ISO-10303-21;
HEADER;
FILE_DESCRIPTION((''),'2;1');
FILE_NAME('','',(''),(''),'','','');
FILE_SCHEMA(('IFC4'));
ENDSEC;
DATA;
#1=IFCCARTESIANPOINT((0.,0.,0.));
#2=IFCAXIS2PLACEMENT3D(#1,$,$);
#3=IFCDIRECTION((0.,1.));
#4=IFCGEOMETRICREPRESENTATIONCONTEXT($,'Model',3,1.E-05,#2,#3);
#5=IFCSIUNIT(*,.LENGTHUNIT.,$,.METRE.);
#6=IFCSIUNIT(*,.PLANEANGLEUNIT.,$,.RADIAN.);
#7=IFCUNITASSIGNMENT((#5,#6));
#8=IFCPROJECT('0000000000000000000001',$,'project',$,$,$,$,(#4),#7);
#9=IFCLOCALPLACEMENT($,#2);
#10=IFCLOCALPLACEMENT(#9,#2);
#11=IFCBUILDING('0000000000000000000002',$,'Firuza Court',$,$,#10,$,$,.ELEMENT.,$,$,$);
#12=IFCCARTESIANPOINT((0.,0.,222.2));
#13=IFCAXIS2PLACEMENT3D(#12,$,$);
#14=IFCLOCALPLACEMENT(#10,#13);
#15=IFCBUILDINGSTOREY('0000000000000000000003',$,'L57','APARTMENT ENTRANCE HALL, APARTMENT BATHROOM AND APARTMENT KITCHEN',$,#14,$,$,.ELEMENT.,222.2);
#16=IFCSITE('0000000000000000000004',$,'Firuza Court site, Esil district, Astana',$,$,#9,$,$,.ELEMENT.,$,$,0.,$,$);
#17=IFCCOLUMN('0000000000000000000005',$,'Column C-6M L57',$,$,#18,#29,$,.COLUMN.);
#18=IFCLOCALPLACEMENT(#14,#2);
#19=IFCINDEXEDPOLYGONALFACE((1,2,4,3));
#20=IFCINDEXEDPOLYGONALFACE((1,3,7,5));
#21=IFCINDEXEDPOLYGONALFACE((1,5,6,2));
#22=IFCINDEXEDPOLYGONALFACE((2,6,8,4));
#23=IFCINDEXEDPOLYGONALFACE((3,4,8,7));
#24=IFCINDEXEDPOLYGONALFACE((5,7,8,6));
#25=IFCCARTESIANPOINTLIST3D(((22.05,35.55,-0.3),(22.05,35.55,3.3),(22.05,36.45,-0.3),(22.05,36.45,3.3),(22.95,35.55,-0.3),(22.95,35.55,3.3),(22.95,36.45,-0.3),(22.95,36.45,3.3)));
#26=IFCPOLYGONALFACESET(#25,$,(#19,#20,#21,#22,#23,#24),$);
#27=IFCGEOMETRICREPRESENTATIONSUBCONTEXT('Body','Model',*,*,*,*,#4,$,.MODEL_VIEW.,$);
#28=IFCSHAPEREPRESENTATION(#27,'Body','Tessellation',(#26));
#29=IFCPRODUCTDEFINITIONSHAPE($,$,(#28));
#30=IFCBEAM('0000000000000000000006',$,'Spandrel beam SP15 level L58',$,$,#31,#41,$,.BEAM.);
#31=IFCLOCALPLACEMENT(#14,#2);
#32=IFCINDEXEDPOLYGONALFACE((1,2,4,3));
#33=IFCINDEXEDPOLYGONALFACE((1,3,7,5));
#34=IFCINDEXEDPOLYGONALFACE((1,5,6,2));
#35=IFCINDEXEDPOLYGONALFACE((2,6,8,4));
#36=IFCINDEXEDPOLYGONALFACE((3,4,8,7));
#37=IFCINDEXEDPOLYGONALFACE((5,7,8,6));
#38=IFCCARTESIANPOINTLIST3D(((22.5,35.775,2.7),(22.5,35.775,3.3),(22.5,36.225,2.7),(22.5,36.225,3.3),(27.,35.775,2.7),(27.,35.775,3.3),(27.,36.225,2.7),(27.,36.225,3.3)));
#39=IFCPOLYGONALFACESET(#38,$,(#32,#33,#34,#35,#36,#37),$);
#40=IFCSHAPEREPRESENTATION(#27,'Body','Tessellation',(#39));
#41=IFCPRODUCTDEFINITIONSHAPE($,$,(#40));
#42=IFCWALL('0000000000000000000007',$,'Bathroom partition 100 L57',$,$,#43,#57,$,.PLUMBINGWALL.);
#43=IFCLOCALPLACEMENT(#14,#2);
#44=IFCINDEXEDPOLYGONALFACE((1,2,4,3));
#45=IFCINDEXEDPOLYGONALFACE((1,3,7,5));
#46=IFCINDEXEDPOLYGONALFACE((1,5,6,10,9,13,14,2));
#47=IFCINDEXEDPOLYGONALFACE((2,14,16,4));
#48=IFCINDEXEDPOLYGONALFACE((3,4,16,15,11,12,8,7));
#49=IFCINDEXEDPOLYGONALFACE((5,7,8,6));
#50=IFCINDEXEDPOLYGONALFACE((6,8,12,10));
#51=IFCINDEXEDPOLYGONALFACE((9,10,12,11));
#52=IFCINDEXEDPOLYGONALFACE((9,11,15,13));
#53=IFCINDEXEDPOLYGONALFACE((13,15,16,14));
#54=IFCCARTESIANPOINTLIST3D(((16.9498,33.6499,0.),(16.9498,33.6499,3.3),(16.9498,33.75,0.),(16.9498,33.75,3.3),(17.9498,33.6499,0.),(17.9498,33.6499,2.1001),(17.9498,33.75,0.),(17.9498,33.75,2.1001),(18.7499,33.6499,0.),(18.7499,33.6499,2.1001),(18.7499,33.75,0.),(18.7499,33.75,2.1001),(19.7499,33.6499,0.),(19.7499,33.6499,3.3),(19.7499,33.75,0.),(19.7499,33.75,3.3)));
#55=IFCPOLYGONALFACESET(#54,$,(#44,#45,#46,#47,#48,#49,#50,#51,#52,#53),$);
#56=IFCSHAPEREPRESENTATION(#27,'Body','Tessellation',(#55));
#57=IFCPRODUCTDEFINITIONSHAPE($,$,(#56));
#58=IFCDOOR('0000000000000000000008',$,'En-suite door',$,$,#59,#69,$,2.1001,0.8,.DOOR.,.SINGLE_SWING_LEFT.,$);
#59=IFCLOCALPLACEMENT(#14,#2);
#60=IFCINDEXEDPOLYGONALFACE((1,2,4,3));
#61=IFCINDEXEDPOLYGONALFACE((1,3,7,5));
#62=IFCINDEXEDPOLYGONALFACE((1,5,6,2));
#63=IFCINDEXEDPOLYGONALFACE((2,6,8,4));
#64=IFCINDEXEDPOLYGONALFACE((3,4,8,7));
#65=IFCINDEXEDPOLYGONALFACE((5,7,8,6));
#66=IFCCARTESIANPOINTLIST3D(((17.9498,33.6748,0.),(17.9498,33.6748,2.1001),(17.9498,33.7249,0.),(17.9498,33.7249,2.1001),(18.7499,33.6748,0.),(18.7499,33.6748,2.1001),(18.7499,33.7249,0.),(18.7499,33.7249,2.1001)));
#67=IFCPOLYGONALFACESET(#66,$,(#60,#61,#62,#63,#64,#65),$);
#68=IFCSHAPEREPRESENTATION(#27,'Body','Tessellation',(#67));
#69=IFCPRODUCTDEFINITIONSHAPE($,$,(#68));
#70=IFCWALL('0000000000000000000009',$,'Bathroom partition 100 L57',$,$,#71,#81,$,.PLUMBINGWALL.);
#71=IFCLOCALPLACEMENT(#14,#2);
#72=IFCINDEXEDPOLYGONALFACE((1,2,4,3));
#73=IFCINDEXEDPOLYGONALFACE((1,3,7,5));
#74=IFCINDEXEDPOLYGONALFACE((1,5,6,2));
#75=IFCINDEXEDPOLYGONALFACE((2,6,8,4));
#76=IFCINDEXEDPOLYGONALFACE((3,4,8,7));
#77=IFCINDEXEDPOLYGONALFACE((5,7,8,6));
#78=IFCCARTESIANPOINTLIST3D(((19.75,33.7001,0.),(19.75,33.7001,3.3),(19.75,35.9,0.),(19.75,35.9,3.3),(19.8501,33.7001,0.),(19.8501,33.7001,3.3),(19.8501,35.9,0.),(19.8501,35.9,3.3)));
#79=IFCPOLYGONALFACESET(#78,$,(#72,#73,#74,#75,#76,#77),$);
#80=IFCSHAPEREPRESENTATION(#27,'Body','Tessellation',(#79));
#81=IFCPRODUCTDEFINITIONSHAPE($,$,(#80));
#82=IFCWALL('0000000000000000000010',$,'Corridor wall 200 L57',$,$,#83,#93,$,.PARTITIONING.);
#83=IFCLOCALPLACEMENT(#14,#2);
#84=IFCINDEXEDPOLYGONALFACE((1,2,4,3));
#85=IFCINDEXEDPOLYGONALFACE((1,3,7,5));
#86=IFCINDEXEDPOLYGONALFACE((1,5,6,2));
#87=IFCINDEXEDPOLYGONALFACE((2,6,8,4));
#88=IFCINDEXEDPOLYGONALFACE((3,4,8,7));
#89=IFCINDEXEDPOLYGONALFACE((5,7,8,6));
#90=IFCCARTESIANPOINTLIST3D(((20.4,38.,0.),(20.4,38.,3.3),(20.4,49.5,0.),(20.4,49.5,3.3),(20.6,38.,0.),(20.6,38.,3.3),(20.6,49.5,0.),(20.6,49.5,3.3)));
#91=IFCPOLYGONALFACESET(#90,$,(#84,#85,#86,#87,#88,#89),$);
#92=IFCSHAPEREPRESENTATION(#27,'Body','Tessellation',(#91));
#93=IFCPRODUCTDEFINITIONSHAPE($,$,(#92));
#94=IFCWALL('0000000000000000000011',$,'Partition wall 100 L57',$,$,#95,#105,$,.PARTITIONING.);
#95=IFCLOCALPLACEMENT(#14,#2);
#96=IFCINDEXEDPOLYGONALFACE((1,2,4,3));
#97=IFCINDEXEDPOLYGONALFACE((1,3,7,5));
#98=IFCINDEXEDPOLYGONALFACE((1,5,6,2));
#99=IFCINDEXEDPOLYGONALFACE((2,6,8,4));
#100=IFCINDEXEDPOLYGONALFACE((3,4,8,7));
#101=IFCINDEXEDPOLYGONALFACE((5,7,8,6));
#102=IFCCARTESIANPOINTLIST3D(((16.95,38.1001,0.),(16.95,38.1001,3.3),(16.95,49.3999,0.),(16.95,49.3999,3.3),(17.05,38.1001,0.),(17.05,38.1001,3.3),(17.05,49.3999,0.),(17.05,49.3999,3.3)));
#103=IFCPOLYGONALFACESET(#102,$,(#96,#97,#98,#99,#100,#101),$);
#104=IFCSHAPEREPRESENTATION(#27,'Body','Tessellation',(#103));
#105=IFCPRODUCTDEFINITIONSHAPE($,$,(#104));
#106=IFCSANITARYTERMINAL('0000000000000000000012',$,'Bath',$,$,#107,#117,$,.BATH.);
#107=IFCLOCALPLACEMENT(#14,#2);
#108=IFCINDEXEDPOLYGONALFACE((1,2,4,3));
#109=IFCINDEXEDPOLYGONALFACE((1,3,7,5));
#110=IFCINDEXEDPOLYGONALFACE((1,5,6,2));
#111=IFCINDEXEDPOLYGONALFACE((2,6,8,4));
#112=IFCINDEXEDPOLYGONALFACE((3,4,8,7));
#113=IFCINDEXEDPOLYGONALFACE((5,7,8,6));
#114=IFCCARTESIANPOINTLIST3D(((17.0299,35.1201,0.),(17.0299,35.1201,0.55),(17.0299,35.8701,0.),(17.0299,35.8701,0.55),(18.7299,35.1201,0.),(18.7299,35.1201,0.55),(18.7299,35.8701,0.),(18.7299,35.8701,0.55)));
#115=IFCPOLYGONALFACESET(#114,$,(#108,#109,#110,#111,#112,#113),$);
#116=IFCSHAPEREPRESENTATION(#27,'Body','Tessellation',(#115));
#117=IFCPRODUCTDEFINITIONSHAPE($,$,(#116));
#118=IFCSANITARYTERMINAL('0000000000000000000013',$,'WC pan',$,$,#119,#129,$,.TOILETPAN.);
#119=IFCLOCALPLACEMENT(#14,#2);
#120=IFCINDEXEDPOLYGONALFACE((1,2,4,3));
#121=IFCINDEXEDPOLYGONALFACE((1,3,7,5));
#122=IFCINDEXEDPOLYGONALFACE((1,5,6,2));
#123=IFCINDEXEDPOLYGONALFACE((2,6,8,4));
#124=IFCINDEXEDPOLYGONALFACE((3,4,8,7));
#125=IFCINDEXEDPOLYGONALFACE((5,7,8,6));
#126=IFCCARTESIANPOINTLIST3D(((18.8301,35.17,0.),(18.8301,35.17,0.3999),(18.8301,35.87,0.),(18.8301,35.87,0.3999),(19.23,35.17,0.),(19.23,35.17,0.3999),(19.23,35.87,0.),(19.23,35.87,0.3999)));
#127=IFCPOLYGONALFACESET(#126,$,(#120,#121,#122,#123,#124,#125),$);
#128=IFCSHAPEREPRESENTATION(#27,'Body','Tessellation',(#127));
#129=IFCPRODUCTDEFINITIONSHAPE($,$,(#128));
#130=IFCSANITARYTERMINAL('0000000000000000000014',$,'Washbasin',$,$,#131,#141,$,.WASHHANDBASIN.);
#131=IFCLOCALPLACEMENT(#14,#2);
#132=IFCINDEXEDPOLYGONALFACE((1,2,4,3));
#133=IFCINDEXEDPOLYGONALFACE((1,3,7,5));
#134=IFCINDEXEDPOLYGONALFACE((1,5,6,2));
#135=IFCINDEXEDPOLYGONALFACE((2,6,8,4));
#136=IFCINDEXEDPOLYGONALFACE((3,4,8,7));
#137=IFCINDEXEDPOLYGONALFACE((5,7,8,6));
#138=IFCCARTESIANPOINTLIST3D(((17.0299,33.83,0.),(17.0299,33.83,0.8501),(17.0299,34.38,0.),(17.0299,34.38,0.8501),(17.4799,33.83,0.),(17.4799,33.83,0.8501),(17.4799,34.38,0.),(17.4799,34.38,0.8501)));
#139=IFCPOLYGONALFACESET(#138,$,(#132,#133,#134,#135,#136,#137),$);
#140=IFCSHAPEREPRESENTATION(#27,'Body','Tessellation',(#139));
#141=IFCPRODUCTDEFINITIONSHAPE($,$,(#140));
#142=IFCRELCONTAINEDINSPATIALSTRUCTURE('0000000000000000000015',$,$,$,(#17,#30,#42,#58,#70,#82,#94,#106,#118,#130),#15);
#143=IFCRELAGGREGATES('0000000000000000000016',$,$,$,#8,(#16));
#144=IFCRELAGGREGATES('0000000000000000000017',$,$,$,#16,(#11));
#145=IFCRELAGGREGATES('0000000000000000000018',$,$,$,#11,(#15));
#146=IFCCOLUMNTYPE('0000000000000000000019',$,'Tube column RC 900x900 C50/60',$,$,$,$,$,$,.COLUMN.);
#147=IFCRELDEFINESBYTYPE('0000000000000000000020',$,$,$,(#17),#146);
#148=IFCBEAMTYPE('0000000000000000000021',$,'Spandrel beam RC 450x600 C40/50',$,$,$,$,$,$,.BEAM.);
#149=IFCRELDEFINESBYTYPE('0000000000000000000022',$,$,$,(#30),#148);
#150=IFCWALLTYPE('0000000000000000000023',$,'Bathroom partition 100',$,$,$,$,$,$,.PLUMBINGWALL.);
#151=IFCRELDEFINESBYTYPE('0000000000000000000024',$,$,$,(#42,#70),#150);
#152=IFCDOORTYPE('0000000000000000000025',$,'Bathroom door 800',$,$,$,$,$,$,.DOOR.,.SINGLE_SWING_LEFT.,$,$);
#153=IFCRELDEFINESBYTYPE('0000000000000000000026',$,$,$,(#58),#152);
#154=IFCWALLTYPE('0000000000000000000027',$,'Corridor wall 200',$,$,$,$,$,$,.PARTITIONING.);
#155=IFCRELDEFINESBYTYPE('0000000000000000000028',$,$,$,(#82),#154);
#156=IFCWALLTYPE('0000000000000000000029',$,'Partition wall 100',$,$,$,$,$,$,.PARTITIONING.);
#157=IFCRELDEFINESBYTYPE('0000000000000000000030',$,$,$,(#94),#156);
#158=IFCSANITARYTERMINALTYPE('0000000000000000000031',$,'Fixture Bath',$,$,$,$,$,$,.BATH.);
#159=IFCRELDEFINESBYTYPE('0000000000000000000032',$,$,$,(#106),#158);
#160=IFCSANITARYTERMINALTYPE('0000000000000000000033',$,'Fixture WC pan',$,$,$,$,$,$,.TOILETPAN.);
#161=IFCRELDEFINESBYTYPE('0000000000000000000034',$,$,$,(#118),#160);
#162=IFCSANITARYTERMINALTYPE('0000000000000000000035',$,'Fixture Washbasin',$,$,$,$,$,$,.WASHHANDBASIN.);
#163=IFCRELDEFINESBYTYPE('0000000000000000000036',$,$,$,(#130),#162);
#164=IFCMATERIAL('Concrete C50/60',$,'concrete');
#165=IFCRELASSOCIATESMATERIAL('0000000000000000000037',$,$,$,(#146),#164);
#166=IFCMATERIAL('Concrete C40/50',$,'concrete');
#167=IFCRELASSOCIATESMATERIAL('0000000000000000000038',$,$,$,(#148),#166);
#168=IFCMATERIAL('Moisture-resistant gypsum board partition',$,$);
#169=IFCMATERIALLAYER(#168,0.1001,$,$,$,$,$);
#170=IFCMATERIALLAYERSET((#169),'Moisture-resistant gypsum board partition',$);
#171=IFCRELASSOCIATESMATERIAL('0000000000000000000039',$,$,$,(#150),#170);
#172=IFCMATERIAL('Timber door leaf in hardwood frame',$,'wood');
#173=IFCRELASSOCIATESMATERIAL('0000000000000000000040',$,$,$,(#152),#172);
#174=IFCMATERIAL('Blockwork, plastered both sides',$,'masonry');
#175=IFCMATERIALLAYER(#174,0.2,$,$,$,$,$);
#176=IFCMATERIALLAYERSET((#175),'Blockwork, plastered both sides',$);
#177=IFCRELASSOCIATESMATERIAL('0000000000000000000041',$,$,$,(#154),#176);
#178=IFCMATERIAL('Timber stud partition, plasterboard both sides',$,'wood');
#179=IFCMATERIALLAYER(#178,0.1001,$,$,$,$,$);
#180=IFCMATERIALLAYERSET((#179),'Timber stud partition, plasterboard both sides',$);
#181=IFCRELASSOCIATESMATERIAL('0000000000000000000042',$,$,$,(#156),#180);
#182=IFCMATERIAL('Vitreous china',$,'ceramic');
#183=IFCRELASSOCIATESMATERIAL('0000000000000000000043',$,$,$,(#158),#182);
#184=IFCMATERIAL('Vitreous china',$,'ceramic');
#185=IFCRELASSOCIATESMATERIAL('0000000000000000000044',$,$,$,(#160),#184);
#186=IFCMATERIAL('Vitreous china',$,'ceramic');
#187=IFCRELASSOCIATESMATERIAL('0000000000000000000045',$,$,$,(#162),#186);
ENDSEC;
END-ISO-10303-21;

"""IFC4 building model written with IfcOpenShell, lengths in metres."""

from ifc_helpers import new_model, si_unit, direction, frame, frame_2d, origin, origin_2d, place, context, subcontext, project, spatial, rectangle, extrude, material, layer, layer_set, material_profile, profile_set, type_object, element, fill, save


model = new_model("IFC4")

# Units and contexts
model_context = context("Model", 3, precision=1e-05, world=origin(), true_north=direction((0.0, 1.0)))
body_context = subcontext(model_context, "Body", "Model", "MODEL_VIEW")
ifc_project = project(units=[si_unit("LENGTHUNIT", "METRE"), si_unit("PLANEANGLEUNIT", "RADIAN")], contexts=[model_context])

# Site, building, storey
site_placement = place(None, origin())
site = spatial("IfcSite", under=ifc_project, at=site_placement, Name="Firuza Court site, Esil district, Astana", CompositionType="ELEMENT", RefElevation=0.0)
building_placement = place(site_placement, origin())
building = spatial("IfcBuilding", under=site, at=building_placement, Name="Firuza Court", CompositionType="ELEMENT")
storey_placement = place(building_placement, frame((0.0, 0.0, 222.2)))
storey = spatial("IfcBuildingStorey", under=building, at=storey_placement, Name="L57", Description="APARTMENT ENTRANCE HALL, APARTMENT BATHROOM AND APARTMENT KITCHEN", CompositionType="ELEMENT", Elevation=222.2)

# Column
ifc_material_1 = material(Name="Concrete C50/60", Category="concrete")
ifc_material_profile_1 = material_profile(ifc_material_1, rectangle(XDim=0.8999, YDim=0.8999, at=origin_2d()), Name="RC 900x900")
ifc_profile_set_1 = profile_set([ifc_material_profile_1], Name="Concrete C50/60")
column_type = type_object("IfcColumnType", Name="Tube column RC 900x900 C50/60", PredefinedType="COLUMN", material=ifc_profile_set_1)
column_placement = place(storey_placement, frame((22.5, 36.0, -0.3), z_axis=(0.0, 0.0, 1.0), x_axis=(1.0, 0.0, 0.0)))
element("IfcColumn", 1, at=column_placement, inside=storey, type_object=column_type, Name="Column C-6M L57", PredefinedType="COLUMN", context=body_context, shape_type="SweptSolid", body=[
    extrude(rectangle(XDim=0.8999, YDim=0.8999, at=origin_2d()), origin(), (0.0, 0.0, 1.0), 3.6001),
])

# Beam
ifc_material_2 = material(Name="Concrete C40/50", Category="concrete")
ifc_material_profile_2 = material_profile(ifc_material_2, rectangle(XDim=0.45, YDim=0.6001, at=origin_2d()), Name="RC 450x600")
ifc_profile_set_2 = profile_set([ifc_material_profile_2], Name="Concrete C40/50")
beam_type = type_object("IfcBeamType", Name="Spandrel beam RC 450x600 C40/50", PredefinedType="BEAM", material=ifc_profile_set_2)
beam_placement = place(storey_placement, frame((22.5, 36.0, 3.0), z_axis=(1.0, 0.0, 0.0), x_axis=(0.0, 1.0, 0.0)))
element("IfcBeam", 2, at=beam_placement, inside=storey, type_object=beam_type, Name="Spandrel beam SP15 level L58", PredefinedType="BEAM", context=body_context, shape_type="SweptSolid", body=[
    extrude(rectangle(XDim=0.45, YDim=0.6001, at=origin_2d()), origin(), (0.0, 0.0, 1.0), 4.5),
])

# Wall, opening, door
ifc_material_3 = material(Name="Moisture-resistant gypsum board partition")
ifc_layer_1 = layer(ifc_material_3, 0.1001)
ifc_layer_set_1 = layer_set([ifc_layer_1], Name="Moisture-resistant gypsum board partition")
wall_type_1 = type_object("IfcWallType", Name="Bathroom partition 100", PredefinedType="PLUMBINGWALL", material=ifc_layer_set_1)
wall_1_placement = place(storey_placement, frame((16.95, 33.7, 0.0), z_axis=(0.0, 0.0, 1.0), x_axis=(1.0, 0.0, 0.0)))
wall_1 = element("IfcWall", 3, at=wall_1_placement, inside=storey, type_object=wall_type_1, Name="Bathroom partition 100 L57", PredefinedType="PLUMBINGWALL", context=body_context, shape_type="SweptSolid", body=[
    extrude(rectangle(XDim=2.8, YDim=0.1001, at=frame_2d((1.3999, 0.0))), origin(), (0.0, 0.0, 1.0), 3.3),
])
opening_placement = place(wall_1_placement, frame((1.0, 0.0, 0.0)))
opening = element("IfcOpeningElement", 4, at=opening_placement, cuts=wall_1, PredefinedType="OPENING", context=body_context, shape_type="SweptSolid", body=[
    extrude(rectangle(XDim=0.8, YDim=2.1001, at=frame_2d((0.3999, 1.05))), frame((0.0, 0.062, 0.0), z_axis=(0.0, -1.0, 0.0), x_axis=(1.0, 0.0, 0.0)), (0.0, 0.0, 1.0), 0.124),
])
ifc_material_4 = material(Name="Timber door leaf in hardwood frame", Category="wood")
door_type = type_object("IfcDoorType", Name="Bathroom door 800", OperationType="SINGLE_SWING_LEFT", PredefinedType="DOOR", material=ifc_material_4)
door_placement = place(opening_placement, origin())
door = element("IfcDoor", 5, at=door_placement, inside=storey, type_object=door_type, Name="En-suite door", OperationType="SINGLE_SWING_LEFT", OverallHeight=2.1001, OverallWidth=0.8, PredefinedType="DOOR", context=body_context, shape_type="SweptSolid", body=[
    extrude(rectangle(XDim=0.8, YDim=2.1001, at=frame_2d((0.3999, 1.05))), frame((0.0, 0.0249, 0.0), z_axis=(0.0, -1.0, 0.0), x_axis=(1.0, 0.0, 0.0)), (0.0, 0.0, 1.0), 0.05),
])
fill(opening, door)

# Walls
wall_2_placement = place(storey_placement, frame((19.8, 33.7, 0.0), z_axis=(0.0, 0.0, 1.0), x_axis=(0.0, 1.0, 0.0)))
element("IfcWall", 6, at=wall_2_placement, inside=storey, type_object=wall_type_1, Name="Bathroom partition 100 L57", PredefinedType="PLUMBINGWALL", context=body_context, shape_type="SweptSolid", body=[
    extrude(rectangle(XDim=2.2, YDim=0.1001, at=frame_2d((1.1001, 0.0))), origin(), (0.0, 0.0, 1.0), 3.3),
])
ifc_material_5 = material(Name="Blockwork, plastered both sides", Category="masonry")
ifc_layer_2 = layer(ifc_material_5, 0.2)
ifc_layer_set_2 = layer_set([ifc_layer_2], Name="Blockwork, plastered both sides")
wall_type_2 = type_object("IfcWallType", Name="Corridor wall 200", PredefinedType="PARTITIONING", material=ifc_layer_set_2)
wall_3_placement = place(storey_placement, frame((20.5, 38.0, 0.0), z_axis=(0.0, 0.0, 1.0), x_axis=(0.0, 1.0, 0.0)))
element("IfcWall", 7, at=wall_3_placement, inside=storey, type_object=wall_type_2, Name="Corridor wall 200 L57", PredefinedType="PARTITIONING", context=body_context, shape_type="SweptSolid", body=[
    extrude(rectangle(XDim=11.5, YDim=0.2, at=frame_2d((5.75, 0.0))), origin(), (0.0, 0.0, 1.0), 3.3),
])
ifc_material_6 = material(Name="Timber stud partition, plasterboard both sides", Category="wood")
ifc_layer_3 = layer(ifc_material_6, 0.1001)
ifc_layer_set_3 = layer_set([ifc_layer_3], Name="Timber stud partition, plasterboard both sides")
wall_type_3 = type_object("IfcWallType", Name="Partition wall 100", PredefinedType="PARTITIONING", material=ifc_layer_set_3)
wall_4_placement = place(storey_placement, frame((17.0, 38.1001, 0.0), z_axis=(0.0, 0.0, 1.0), x_axis=(0.0, 1.0, 0.0)))
element("IfcWall", 8, at=wall_4_placement, inside=storey, type_object=wall_type_3, Name="Partition wall 100 L57", PredefinedType="PARTITIONING", context=body_context, shape_type="SweptSolid", body=[
    extrude(rectangle(XDim=11.2998, YDim=0.1001, at=frame_2d((5.6499, 0.0))), origin(), (0.0, 0.0, 1.0), 3.3),
])

# Sanitary terminals
ifc_material_7 = material(Name="Vitreous china", Category="ceramic")
sanitary_terminal_type_1 = type_object("IfcSanitaryTerminalType", Name="Fixture Bath", PredefinedType="BATH", material=ifc_material_7)
sanitary_terminal_1_placement = place(storey_placement, frame((17.8799, 35.4951, 0.0), z_axis=(0.0, 0.0, 1.0), x_axis=(1.0, 0.0, 0.0)))
element("IfcSanitaryTerminal", 9, at=sanitary_terminal_1_placement, inside=storey, type_object=sanitary_terminal_type_1, Name="Bath", PredefinedType="BATH", context=body_context, shape_type="SweptSolid", body=[
    extrude(rectangle(XDim=1.7, YDim=0.75, at=origin_2d()), origin(), (0.0, 0.0, 1.0), 0.55),
])
ifc_material_8 = material(Name="Vitreous china", Category="ceramic")
sanitary_terminal_type_2 = type_object("IfcSanitaryTerminalType", Name="Fixture WC pan", PredefinedType="TOILETPAN", material=ifc_material_8)
sanitary_terminal_2_placement = place(storey_placement, frame((19.03, 35.52, 0.0), z_axis=(0.0, 0.0, 1.0), x_axis=(1.0, 0.0, 0.0)))
element("IfcSanitaryTerminal", 10, at=sanitary_terminal_2_placement, inside=storey, type_object=sanitary_terminal_type_2, Name="WC pan", PredefinedType="TOILETPAN", context=body_context, shape_type="SweptSolid", body=[
    extrude(rectangle(XDim=0.3999, YDim=0.7, at=origin_2d()), origin(), (0.0, 0.0, 1.0), 0.3999),
])
ifc_material_9 = material(Name="Vitreous china", Category="ceramic")
sanitary_terminal_type_3 = type_object("IfcSanitaryTerminalType", Name="Fixture Washbasin", PredefinedType="WASHHANDBASIN", material=ifc_material_9)
sanitary_terminal_3_placement = place(storey_placement, frame((17.2549, 34.105, 0.0), z_axis=(0.0, 0.0, 1.0), x_axis=(1.0, 0.0, 0.0)))
element("IfcSanitaryTerminal", 11, at=sanitary_terminal_3_placement, inside=storey, type_object=sanitary_terminal_type_3, Name="Washbasin", PredefinedType="WASHHANDBASIN", context=body_context, shape_type="SweptSolid", body=[
    extrude(rectangle(XDim=0.45, YDim=0.55, at=origin_2d()), origin(), (0.0, 0.0, 1.0), 0.8501),
])

save(model, "model.ifc")
